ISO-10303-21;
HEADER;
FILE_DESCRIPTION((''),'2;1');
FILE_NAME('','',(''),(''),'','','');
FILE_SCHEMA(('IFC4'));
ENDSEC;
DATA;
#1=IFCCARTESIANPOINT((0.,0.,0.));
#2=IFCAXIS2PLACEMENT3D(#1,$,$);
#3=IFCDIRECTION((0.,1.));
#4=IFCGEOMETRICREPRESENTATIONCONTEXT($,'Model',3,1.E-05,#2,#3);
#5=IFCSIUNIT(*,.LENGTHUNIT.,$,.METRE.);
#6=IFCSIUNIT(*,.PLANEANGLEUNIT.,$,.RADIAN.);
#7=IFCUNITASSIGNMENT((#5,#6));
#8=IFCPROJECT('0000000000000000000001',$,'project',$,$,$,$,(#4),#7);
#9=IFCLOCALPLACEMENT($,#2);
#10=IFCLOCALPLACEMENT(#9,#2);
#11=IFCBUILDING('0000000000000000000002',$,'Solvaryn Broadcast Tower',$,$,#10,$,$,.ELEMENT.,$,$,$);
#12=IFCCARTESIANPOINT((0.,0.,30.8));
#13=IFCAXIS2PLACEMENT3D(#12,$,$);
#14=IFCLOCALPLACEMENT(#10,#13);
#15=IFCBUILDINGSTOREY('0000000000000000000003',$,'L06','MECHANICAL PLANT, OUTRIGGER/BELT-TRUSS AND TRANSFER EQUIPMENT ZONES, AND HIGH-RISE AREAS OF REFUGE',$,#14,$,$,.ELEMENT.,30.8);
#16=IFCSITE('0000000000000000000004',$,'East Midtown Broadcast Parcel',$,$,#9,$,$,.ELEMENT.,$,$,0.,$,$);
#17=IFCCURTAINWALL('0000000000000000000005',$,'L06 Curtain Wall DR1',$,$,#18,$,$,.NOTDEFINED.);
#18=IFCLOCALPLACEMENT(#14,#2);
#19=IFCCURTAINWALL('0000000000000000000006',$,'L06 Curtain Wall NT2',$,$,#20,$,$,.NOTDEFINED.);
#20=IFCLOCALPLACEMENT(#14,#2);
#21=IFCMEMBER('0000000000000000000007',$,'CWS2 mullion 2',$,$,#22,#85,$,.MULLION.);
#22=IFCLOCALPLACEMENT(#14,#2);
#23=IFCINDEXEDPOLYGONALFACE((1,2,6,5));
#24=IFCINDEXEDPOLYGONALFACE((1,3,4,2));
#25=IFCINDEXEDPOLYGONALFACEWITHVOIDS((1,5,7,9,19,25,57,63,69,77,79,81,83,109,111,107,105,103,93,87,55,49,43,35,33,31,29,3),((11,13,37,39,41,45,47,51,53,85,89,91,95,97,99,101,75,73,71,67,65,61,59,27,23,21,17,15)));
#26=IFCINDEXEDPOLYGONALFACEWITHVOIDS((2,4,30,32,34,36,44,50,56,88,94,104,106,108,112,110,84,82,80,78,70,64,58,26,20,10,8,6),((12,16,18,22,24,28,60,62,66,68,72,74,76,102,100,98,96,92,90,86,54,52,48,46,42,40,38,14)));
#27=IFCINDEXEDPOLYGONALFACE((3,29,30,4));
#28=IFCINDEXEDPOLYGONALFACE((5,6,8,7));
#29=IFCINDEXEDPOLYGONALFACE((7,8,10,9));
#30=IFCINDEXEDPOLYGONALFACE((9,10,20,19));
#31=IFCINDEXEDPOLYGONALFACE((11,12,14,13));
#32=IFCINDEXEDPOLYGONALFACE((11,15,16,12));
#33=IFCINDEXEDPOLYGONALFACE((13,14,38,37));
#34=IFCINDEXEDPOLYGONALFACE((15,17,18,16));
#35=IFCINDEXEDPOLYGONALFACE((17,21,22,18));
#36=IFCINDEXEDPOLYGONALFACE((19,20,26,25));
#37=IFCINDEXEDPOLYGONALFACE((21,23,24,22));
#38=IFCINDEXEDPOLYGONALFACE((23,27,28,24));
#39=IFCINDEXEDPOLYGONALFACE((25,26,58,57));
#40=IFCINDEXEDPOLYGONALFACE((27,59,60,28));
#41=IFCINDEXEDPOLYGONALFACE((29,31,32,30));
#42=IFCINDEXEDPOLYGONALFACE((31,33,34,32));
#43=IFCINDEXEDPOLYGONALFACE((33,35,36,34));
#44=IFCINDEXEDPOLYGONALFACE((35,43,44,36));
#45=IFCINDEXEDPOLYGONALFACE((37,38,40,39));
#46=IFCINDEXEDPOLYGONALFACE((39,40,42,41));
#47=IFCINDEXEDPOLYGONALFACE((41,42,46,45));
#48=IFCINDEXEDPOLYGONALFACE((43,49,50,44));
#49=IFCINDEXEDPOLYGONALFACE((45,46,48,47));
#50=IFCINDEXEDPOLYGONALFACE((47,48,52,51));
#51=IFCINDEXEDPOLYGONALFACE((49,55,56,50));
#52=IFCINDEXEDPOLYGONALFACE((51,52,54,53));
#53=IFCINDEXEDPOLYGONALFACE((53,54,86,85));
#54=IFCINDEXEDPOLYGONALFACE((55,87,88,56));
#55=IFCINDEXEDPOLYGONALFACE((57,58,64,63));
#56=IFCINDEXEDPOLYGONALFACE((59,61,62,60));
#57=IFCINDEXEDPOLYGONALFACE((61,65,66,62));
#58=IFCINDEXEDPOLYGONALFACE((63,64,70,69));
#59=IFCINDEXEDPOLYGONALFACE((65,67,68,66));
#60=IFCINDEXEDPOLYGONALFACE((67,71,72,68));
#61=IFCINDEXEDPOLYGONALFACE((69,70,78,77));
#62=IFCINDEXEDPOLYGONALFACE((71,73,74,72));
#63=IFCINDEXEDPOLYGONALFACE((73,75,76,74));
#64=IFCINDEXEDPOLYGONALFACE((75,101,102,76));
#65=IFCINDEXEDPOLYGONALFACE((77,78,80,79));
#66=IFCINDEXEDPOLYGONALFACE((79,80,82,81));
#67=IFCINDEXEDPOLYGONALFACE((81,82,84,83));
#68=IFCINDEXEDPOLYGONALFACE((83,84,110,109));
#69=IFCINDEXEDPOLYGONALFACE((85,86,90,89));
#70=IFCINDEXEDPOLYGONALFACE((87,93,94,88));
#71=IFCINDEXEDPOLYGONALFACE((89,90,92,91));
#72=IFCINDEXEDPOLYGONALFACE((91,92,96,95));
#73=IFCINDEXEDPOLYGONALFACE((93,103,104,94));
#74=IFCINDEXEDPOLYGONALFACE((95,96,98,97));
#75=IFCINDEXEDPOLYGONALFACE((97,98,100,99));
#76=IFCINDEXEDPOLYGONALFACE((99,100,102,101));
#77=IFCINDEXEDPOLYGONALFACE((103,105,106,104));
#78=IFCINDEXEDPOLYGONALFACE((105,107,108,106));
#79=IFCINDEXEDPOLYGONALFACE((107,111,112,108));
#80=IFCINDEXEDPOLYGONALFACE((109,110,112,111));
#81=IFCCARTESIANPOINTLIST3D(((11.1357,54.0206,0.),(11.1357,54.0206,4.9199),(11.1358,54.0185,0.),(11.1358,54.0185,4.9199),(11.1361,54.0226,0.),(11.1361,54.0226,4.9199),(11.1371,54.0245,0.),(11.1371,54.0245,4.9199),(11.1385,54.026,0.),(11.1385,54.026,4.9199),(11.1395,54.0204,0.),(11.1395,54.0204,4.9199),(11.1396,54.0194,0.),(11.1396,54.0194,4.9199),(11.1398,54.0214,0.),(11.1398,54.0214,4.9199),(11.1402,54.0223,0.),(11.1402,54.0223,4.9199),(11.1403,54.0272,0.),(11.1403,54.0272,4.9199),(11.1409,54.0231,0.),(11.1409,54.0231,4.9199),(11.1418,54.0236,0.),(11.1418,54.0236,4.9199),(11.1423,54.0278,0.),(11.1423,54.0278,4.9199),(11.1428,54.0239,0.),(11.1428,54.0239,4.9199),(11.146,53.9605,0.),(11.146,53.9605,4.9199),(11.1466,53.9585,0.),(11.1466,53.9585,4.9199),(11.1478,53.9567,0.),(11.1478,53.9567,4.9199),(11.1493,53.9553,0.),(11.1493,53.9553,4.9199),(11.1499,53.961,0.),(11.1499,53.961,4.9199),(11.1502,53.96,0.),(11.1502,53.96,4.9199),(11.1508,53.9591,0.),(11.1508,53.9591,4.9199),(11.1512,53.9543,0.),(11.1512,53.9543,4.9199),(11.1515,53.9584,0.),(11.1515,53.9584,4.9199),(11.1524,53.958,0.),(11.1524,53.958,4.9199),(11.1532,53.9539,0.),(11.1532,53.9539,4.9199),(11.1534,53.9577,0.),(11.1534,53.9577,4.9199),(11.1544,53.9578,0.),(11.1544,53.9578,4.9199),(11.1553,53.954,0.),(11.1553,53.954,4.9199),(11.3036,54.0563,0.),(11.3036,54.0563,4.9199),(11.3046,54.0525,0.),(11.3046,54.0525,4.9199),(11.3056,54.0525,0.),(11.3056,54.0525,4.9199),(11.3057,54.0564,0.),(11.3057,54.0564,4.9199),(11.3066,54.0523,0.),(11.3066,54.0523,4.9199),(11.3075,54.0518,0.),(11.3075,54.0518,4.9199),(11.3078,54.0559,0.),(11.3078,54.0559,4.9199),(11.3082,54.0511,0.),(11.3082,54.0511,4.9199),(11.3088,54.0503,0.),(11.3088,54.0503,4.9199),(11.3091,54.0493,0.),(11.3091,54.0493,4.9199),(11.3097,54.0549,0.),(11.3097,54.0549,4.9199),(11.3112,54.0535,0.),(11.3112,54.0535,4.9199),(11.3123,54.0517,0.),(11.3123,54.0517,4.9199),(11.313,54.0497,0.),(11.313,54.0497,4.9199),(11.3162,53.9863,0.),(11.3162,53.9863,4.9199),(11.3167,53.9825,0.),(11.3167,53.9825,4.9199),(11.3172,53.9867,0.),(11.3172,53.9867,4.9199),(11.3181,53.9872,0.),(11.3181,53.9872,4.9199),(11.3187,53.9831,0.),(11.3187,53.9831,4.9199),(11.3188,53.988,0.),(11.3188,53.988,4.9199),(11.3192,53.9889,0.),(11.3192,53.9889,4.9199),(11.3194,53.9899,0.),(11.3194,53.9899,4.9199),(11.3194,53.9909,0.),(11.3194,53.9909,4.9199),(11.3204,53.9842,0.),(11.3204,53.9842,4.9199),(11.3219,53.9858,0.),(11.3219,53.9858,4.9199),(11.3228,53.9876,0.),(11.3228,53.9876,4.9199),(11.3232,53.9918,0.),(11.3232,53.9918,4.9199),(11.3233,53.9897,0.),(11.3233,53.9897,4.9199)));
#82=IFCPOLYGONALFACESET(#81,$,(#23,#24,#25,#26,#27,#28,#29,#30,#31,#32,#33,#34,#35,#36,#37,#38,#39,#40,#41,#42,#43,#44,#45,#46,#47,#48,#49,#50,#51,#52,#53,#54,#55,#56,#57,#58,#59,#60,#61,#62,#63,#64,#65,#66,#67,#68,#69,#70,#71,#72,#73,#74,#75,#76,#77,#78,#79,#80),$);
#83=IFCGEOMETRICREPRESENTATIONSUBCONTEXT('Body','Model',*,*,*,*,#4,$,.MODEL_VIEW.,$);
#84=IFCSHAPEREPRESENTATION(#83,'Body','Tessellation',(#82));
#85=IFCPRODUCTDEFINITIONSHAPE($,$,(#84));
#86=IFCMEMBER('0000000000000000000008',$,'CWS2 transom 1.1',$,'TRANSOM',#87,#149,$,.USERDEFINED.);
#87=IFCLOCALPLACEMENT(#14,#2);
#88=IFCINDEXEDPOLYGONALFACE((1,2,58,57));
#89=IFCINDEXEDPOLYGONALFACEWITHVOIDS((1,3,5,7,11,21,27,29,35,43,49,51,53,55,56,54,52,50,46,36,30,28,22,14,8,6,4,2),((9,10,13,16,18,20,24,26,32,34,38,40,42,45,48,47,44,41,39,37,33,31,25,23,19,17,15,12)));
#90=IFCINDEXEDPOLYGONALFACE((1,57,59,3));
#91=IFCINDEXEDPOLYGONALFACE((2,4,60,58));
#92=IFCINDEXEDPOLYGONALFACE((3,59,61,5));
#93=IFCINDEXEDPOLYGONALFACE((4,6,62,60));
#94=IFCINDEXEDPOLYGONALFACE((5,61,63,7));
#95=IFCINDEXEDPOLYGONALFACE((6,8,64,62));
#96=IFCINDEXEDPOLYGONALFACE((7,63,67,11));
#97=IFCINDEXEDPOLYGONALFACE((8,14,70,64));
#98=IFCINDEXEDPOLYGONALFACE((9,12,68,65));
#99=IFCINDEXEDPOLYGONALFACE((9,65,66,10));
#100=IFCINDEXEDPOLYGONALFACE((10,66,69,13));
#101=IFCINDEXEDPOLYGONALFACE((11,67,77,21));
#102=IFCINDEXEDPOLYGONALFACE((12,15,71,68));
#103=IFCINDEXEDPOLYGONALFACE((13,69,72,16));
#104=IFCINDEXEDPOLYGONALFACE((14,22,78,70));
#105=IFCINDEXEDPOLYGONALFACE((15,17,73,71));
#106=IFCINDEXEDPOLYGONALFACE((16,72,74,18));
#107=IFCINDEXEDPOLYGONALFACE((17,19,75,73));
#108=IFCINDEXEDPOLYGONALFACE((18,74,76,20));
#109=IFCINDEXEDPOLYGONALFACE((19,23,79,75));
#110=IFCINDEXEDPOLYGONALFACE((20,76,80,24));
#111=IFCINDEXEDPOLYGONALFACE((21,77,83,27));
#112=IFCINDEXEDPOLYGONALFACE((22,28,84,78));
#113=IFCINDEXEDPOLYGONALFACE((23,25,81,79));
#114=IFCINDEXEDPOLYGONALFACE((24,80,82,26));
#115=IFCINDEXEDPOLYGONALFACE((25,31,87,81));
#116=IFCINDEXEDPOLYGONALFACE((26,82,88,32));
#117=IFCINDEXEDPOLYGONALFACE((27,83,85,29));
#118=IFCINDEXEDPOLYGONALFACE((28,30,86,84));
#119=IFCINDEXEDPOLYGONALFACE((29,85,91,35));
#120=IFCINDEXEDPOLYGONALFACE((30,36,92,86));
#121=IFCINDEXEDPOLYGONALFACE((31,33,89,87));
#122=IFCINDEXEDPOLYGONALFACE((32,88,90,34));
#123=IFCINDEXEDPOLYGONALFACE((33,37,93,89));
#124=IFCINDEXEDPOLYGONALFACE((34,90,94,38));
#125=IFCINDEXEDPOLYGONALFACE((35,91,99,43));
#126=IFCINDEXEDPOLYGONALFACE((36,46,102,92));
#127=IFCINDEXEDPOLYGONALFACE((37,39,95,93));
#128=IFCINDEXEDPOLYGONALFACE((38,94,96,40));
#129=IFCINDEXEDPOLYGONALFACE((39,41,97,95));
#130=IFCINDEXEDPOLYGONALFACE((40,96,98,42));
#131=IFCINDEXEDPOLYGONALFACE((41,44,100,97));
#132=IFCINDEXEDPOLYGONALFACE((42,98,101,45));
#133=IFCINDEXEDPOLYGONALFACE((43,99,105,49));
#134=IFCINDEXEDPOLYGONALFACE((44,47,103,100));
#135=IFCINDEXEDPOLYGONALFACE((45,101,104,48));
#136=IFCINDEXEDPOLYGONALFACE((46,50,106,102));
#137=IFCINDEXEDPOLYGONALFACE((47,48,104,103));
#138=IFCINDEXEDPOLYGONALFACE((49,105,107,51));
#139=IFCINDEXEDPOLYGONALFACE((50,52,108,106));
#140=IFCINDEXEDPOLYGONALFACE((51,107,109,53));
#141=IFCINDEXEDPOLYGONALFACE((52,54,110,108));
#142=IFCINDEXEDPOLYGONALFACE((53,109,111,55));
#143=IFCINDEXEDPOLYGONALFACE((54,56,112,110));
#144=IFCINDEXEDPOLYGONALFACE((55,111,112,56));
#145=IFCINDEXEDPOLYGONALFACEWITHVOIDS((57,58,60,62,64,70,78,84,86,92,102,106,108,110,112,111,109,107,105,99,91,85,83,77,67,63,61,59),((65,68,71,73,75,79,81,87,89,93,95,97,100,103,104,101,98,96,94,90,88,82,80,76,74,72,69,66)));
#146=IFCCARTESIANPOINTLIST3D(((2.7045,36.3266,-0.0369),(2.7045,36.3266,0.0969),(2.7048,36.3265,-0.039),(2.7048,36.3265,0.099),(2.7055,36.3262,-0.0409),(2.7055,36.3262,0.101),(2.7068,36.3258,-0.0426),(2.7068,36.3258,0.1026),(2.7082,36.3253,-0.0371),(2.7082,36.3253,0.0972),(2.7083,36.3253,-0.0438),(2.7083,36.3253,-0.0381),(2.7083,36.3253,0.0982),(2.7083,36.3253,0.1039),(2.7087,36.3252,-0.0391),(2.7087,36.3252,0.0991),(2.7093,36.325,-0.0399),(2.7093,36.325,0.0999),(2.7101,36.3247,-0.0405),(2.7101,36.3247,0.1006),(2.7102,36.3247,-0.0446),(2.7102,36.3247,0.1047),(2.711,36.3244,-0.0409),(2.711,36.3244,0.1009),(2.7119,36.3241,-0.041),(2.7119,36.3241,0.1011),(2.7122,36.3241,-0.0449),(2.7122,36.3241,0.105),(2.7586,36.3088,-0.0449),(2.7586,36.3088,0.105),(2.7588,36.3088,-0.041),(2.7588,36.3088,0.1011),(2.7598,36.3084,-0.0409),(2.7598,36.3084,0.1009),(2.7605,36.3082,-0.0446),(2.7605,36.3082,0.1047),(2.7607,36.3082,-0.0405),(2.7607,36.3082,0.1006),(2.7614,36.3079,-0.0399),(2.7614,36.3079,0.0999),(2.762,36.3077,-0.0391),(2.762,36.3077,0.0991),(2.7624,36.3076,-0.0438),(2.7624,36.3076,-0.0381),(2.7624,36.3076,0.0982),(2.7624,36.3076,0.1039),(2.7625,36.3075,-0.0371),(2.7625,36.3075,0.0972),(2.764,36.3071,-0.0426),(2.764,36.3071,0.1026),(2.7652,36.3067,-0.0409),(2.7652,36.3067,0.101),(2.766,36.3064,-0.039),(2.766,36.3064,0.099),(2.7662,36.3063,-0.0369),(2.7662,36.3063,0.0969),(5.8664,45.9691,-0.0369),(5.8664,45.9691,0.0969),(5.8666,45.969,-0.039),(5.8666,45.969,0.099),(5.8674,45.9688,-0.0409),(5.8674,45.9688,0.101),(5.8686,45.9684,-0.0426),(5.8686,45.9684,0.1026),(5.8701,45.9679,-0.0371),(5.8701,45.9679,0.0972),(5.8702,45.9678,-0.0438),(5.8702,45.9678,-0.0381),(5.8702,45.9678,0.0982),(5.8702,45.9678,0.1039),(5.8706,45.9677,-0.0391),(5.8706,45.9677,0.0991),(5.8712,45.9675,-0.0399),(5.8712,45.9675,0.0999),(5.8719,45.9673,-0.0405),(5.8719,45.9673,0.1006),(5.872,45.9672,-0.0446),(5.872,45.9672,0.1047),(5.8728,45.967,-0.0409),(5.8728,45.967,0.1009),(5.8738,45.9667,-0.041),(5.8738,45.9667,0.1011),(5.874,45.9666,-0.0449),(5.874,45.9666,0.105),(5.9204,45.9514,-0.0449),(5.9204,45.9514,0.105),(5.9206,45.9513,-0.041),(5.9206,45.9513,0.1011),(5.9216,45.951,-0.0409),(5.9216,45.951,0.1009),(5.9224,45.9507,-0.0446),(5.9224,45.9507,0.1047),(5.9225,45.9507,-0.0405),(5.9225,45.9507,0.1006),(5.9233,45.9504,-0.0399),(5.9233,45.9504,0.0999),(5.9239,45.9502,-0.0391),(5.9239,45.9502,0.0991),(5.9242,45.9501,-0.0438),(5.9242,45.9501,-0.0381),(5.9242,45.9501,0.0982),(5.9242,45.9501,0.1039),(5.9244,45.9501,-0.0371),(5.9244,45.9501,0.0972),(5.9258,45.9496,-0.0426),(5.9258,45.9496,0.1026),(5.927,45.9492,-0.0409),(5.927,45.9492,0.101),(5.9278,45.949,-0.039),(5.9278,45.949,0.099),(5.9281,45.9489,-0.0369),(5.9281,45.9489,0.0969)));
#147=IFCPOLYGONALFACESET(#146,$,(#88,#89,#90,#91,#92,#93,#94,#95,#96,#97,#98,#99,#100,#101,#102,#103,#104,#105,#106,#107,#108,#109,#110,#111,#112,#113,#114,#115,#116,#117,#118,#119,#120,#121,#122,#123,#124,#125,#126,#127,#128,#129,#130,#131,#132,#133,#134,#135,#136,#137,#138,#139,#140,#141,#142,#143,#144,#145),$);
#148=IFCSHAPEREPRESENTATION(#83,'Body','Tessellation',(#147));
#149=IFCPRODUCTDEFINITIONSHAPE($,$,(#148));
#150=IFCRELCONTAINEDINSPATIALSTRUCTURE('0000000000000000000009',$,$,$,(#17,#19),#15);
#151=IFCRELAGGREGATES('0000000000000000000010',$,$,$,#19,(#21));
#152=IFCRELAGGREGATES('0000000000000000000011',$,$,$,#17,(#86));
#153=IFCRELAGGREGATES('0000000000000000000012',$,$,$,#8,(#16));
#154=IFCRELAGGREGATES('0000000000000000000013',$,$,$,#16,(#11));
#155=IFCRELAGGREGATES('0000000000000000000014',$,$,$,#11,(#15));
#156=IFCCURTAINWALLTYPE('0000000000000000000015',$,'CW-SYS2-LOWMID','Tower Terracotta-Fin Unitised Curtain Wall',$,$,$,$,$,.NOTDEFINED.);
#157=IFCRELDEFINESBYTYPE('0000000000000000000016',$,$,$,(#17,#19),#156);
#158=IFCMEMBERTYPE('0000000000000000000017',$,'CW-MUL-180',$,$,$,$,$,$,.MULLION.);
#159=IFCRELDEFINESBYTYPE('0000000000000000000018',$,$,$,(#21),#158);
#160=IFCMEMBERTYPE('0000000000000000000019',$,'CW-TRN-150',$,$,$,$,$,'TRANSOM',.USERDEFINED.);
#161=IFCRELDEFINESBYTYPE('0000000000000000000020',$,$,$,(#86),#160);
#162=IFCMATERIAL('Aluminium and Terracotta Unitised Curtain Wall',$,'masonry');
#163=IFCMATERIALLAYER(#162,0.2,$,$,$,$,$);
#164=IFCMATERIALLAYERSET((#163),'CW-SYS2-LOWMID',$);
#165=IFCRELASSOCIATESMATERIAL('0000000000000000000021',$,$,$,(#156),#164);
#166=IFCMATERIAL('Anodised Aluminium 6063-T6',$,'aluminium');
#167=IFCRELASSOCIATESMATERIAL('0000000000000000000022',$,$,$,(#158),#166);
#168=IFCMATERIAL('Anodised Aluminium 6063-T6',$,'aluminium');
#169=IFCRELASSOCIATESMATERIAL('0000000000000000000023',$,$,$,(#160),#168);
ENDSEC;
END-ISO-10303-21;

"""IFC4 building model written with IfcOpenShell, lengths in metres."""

from ifc_helpers import new_model, si_unit, direction, frame, origin, origin_2d, place, context, subcontext, project, spatial, hollow_rectangle, extrude, material, layer, layer_set, material_profile, profile_set, type_object, element, aggregate, save


model = new_model("IFC4")

# Units and contexts
model_context = context("Model", 3, precision=1e-05, world=origin(), true_north=direction((0.0, 1.0)))
body_context = subcontext(model_context, "Body", "Model", "MODEL_VIEW")
ifc_project = project(units=[si_unit("LENGTHUNIT", "METRE"), si_unit("PLANEANGLEUNIT", "RADIAN")], contexts=[model_context])

# Site, building, storey
site_placement = place(None, origin())
site = spatial("IfcSite", under=ifc_project, at=site_placement, Name="East Midtown Broadcast Parcel", CompositionType="ELEMENT", RefElevation=0.0)
building_placement = place(site_placement, origin())
building = spatial("IfcBuilding", under=site, at=building_placement, Name="Solvaryn Broadcast Tower", CompositionType="ELEMENT")
storey_placement = place(building_placement, frame((0.0, 0.0, 30.8)))
storey = spatial("IfcBuildingStorey", under=building, at=storey_placement, Name="L06", Description="MECHANICAL PLANT, OUTRIGGER/BELT-TRUSS AND TRANSFER EQUIPMENT ZONES, AND HIGH-RISE AREAS OF REFUGE", CompositionType="ELEMENT", Elevation=30.8)

# Curtain wall
ifc_material_1 = material(Name="Aluminium and Terracotta Unitised Curtain Wall", Category="masonry")
ifc_layer_1 = layer(ifc_material_1, 0.2)
ifc_layer_set_1 = layer_set([ifc_layer_1], Name="CW-SYS2-LOWMID")
curtain_wall_type = type_object("IfcCurtainWallType", Name="CW-SYS2-LOWMID", Description="Tower Terracotta-Fin Unitised Curtain Wall", PredefinedType="NOTDEFINED", material=ifc_layer_set_1)
curtain_wall_1_placement = place(storey_placement, origin())
curtain_wall_1 = element("IfcCurtainWall", 1, at=curtain_wall_1_placement, inside=storey, type_object=curtain_wall_type, Name="L06 Curtain Wall DR1", PredefinedType="NOTDEFINED")
ifc_material_2 = material(Name="Anodised Aluminium 6063-T6", Category="aluminium")
ifc_material_profile_1 = material_profile(ifc_material_2, hollow_rectangle(XDim=0.075, YDim=0.1799, WallThickness=0.0039, InnerFilletRadius=0.0039, OuterFilletRadius=0.0081, at=origin_2d()))
ifc_profile_set_1 = profile_set([ifc_material_profile_1], Name="Anodised Aluminium 6063-T6")
member_type_1 = type_object("IfcMemberType", Name="CW-MUL-180", PredefinedType="MULLION", material=ifc_profile_set_1)

# Curtain wall, member
curtain_wall_2_placement = place(storey_placement, origin())
curtain_wall_2 = element("IfcCurtainWall", 2, at=curtain_wall_2_placement, inside=storey, type_object=curtain_wall_type, Name="L06 Curtain Wall NT2", PredefinedType="NOTDEFINED")
member_1_placement = place(storey_placement, frame((11.2295, 54.0051, 0.0), z_axis=(0.0, 0.0, 1.0), x_axis=(0.173785, -0.984784, 0.0)))
member_1 = element("IfcMember", 3, at=member_1_placement, type_object=member_type_1, Name="CWS2 mullion 2", PredefinedType="MULLION", context=body_context, shape_type="SweptSolid", body=[
    extrude(hollow_rectangle(XDim=0.075, YDim=0.1799, WallThickness=0.0039, InnerFilletRadius=0.0039, OuterFilletRadius=0.0081, at=origin_2d()), origin(), (0.0, 0.0, 1.0), 4.9199),
])
aggregate(curtain_wall_2, [member_1])

# Member
ifc_material_3 = material(Name="Anodised Aluminium 6063-T6", Category="aluminium")
ifc_material_profile_2 = material_profile(ifc_material_3, hollow_rectangle(XDim=0.0649, YDim=0.1499, WallThickness=0.0039, InnerFilletRadius=0.0039, OuterFilletRadius=0.0081, at=origin_2d()))
ifc_profile_set_2 = profile_set([ifc_material_profile_2], Name="Anodised Aluminium 6063-T6")
member_type_2 = type_object("IfcMemberType", Name="CW-TRN-150", ElementType="TRANSOM", PredefinedType="USERDEFINED", material=ifc_profile_set_2)
member_2_placement = place(storey_placement, frame((5.8972, 45.959, 0.03), z_axis=(-0.311583, -0.950219, 0.0), x_axis=(0.950219, -0.311583, 0.0)))
member_2 = element("IfcMember", 4, at=member_2_placement, type_object=member_type_2, Name="CWS2 transom 1.1", ObjectType="TRANSOM", PredefinedType="USERDEFINED", context=body_context, shape_type="SweptSolid", body=[
    extrude(hollow_rectangle(XDim=0.0649, YDim=0.1499, WallThickness=0.0039, InnerFilletRadius=0.0039, OuterFilletRadius=0.0081, at=origin_2d()), origin(), (0.0, 0.0, 1.0), 10.1477),
])

aggregate(curtain_wall_1, [member_2])

save(model, "model.ifc")
